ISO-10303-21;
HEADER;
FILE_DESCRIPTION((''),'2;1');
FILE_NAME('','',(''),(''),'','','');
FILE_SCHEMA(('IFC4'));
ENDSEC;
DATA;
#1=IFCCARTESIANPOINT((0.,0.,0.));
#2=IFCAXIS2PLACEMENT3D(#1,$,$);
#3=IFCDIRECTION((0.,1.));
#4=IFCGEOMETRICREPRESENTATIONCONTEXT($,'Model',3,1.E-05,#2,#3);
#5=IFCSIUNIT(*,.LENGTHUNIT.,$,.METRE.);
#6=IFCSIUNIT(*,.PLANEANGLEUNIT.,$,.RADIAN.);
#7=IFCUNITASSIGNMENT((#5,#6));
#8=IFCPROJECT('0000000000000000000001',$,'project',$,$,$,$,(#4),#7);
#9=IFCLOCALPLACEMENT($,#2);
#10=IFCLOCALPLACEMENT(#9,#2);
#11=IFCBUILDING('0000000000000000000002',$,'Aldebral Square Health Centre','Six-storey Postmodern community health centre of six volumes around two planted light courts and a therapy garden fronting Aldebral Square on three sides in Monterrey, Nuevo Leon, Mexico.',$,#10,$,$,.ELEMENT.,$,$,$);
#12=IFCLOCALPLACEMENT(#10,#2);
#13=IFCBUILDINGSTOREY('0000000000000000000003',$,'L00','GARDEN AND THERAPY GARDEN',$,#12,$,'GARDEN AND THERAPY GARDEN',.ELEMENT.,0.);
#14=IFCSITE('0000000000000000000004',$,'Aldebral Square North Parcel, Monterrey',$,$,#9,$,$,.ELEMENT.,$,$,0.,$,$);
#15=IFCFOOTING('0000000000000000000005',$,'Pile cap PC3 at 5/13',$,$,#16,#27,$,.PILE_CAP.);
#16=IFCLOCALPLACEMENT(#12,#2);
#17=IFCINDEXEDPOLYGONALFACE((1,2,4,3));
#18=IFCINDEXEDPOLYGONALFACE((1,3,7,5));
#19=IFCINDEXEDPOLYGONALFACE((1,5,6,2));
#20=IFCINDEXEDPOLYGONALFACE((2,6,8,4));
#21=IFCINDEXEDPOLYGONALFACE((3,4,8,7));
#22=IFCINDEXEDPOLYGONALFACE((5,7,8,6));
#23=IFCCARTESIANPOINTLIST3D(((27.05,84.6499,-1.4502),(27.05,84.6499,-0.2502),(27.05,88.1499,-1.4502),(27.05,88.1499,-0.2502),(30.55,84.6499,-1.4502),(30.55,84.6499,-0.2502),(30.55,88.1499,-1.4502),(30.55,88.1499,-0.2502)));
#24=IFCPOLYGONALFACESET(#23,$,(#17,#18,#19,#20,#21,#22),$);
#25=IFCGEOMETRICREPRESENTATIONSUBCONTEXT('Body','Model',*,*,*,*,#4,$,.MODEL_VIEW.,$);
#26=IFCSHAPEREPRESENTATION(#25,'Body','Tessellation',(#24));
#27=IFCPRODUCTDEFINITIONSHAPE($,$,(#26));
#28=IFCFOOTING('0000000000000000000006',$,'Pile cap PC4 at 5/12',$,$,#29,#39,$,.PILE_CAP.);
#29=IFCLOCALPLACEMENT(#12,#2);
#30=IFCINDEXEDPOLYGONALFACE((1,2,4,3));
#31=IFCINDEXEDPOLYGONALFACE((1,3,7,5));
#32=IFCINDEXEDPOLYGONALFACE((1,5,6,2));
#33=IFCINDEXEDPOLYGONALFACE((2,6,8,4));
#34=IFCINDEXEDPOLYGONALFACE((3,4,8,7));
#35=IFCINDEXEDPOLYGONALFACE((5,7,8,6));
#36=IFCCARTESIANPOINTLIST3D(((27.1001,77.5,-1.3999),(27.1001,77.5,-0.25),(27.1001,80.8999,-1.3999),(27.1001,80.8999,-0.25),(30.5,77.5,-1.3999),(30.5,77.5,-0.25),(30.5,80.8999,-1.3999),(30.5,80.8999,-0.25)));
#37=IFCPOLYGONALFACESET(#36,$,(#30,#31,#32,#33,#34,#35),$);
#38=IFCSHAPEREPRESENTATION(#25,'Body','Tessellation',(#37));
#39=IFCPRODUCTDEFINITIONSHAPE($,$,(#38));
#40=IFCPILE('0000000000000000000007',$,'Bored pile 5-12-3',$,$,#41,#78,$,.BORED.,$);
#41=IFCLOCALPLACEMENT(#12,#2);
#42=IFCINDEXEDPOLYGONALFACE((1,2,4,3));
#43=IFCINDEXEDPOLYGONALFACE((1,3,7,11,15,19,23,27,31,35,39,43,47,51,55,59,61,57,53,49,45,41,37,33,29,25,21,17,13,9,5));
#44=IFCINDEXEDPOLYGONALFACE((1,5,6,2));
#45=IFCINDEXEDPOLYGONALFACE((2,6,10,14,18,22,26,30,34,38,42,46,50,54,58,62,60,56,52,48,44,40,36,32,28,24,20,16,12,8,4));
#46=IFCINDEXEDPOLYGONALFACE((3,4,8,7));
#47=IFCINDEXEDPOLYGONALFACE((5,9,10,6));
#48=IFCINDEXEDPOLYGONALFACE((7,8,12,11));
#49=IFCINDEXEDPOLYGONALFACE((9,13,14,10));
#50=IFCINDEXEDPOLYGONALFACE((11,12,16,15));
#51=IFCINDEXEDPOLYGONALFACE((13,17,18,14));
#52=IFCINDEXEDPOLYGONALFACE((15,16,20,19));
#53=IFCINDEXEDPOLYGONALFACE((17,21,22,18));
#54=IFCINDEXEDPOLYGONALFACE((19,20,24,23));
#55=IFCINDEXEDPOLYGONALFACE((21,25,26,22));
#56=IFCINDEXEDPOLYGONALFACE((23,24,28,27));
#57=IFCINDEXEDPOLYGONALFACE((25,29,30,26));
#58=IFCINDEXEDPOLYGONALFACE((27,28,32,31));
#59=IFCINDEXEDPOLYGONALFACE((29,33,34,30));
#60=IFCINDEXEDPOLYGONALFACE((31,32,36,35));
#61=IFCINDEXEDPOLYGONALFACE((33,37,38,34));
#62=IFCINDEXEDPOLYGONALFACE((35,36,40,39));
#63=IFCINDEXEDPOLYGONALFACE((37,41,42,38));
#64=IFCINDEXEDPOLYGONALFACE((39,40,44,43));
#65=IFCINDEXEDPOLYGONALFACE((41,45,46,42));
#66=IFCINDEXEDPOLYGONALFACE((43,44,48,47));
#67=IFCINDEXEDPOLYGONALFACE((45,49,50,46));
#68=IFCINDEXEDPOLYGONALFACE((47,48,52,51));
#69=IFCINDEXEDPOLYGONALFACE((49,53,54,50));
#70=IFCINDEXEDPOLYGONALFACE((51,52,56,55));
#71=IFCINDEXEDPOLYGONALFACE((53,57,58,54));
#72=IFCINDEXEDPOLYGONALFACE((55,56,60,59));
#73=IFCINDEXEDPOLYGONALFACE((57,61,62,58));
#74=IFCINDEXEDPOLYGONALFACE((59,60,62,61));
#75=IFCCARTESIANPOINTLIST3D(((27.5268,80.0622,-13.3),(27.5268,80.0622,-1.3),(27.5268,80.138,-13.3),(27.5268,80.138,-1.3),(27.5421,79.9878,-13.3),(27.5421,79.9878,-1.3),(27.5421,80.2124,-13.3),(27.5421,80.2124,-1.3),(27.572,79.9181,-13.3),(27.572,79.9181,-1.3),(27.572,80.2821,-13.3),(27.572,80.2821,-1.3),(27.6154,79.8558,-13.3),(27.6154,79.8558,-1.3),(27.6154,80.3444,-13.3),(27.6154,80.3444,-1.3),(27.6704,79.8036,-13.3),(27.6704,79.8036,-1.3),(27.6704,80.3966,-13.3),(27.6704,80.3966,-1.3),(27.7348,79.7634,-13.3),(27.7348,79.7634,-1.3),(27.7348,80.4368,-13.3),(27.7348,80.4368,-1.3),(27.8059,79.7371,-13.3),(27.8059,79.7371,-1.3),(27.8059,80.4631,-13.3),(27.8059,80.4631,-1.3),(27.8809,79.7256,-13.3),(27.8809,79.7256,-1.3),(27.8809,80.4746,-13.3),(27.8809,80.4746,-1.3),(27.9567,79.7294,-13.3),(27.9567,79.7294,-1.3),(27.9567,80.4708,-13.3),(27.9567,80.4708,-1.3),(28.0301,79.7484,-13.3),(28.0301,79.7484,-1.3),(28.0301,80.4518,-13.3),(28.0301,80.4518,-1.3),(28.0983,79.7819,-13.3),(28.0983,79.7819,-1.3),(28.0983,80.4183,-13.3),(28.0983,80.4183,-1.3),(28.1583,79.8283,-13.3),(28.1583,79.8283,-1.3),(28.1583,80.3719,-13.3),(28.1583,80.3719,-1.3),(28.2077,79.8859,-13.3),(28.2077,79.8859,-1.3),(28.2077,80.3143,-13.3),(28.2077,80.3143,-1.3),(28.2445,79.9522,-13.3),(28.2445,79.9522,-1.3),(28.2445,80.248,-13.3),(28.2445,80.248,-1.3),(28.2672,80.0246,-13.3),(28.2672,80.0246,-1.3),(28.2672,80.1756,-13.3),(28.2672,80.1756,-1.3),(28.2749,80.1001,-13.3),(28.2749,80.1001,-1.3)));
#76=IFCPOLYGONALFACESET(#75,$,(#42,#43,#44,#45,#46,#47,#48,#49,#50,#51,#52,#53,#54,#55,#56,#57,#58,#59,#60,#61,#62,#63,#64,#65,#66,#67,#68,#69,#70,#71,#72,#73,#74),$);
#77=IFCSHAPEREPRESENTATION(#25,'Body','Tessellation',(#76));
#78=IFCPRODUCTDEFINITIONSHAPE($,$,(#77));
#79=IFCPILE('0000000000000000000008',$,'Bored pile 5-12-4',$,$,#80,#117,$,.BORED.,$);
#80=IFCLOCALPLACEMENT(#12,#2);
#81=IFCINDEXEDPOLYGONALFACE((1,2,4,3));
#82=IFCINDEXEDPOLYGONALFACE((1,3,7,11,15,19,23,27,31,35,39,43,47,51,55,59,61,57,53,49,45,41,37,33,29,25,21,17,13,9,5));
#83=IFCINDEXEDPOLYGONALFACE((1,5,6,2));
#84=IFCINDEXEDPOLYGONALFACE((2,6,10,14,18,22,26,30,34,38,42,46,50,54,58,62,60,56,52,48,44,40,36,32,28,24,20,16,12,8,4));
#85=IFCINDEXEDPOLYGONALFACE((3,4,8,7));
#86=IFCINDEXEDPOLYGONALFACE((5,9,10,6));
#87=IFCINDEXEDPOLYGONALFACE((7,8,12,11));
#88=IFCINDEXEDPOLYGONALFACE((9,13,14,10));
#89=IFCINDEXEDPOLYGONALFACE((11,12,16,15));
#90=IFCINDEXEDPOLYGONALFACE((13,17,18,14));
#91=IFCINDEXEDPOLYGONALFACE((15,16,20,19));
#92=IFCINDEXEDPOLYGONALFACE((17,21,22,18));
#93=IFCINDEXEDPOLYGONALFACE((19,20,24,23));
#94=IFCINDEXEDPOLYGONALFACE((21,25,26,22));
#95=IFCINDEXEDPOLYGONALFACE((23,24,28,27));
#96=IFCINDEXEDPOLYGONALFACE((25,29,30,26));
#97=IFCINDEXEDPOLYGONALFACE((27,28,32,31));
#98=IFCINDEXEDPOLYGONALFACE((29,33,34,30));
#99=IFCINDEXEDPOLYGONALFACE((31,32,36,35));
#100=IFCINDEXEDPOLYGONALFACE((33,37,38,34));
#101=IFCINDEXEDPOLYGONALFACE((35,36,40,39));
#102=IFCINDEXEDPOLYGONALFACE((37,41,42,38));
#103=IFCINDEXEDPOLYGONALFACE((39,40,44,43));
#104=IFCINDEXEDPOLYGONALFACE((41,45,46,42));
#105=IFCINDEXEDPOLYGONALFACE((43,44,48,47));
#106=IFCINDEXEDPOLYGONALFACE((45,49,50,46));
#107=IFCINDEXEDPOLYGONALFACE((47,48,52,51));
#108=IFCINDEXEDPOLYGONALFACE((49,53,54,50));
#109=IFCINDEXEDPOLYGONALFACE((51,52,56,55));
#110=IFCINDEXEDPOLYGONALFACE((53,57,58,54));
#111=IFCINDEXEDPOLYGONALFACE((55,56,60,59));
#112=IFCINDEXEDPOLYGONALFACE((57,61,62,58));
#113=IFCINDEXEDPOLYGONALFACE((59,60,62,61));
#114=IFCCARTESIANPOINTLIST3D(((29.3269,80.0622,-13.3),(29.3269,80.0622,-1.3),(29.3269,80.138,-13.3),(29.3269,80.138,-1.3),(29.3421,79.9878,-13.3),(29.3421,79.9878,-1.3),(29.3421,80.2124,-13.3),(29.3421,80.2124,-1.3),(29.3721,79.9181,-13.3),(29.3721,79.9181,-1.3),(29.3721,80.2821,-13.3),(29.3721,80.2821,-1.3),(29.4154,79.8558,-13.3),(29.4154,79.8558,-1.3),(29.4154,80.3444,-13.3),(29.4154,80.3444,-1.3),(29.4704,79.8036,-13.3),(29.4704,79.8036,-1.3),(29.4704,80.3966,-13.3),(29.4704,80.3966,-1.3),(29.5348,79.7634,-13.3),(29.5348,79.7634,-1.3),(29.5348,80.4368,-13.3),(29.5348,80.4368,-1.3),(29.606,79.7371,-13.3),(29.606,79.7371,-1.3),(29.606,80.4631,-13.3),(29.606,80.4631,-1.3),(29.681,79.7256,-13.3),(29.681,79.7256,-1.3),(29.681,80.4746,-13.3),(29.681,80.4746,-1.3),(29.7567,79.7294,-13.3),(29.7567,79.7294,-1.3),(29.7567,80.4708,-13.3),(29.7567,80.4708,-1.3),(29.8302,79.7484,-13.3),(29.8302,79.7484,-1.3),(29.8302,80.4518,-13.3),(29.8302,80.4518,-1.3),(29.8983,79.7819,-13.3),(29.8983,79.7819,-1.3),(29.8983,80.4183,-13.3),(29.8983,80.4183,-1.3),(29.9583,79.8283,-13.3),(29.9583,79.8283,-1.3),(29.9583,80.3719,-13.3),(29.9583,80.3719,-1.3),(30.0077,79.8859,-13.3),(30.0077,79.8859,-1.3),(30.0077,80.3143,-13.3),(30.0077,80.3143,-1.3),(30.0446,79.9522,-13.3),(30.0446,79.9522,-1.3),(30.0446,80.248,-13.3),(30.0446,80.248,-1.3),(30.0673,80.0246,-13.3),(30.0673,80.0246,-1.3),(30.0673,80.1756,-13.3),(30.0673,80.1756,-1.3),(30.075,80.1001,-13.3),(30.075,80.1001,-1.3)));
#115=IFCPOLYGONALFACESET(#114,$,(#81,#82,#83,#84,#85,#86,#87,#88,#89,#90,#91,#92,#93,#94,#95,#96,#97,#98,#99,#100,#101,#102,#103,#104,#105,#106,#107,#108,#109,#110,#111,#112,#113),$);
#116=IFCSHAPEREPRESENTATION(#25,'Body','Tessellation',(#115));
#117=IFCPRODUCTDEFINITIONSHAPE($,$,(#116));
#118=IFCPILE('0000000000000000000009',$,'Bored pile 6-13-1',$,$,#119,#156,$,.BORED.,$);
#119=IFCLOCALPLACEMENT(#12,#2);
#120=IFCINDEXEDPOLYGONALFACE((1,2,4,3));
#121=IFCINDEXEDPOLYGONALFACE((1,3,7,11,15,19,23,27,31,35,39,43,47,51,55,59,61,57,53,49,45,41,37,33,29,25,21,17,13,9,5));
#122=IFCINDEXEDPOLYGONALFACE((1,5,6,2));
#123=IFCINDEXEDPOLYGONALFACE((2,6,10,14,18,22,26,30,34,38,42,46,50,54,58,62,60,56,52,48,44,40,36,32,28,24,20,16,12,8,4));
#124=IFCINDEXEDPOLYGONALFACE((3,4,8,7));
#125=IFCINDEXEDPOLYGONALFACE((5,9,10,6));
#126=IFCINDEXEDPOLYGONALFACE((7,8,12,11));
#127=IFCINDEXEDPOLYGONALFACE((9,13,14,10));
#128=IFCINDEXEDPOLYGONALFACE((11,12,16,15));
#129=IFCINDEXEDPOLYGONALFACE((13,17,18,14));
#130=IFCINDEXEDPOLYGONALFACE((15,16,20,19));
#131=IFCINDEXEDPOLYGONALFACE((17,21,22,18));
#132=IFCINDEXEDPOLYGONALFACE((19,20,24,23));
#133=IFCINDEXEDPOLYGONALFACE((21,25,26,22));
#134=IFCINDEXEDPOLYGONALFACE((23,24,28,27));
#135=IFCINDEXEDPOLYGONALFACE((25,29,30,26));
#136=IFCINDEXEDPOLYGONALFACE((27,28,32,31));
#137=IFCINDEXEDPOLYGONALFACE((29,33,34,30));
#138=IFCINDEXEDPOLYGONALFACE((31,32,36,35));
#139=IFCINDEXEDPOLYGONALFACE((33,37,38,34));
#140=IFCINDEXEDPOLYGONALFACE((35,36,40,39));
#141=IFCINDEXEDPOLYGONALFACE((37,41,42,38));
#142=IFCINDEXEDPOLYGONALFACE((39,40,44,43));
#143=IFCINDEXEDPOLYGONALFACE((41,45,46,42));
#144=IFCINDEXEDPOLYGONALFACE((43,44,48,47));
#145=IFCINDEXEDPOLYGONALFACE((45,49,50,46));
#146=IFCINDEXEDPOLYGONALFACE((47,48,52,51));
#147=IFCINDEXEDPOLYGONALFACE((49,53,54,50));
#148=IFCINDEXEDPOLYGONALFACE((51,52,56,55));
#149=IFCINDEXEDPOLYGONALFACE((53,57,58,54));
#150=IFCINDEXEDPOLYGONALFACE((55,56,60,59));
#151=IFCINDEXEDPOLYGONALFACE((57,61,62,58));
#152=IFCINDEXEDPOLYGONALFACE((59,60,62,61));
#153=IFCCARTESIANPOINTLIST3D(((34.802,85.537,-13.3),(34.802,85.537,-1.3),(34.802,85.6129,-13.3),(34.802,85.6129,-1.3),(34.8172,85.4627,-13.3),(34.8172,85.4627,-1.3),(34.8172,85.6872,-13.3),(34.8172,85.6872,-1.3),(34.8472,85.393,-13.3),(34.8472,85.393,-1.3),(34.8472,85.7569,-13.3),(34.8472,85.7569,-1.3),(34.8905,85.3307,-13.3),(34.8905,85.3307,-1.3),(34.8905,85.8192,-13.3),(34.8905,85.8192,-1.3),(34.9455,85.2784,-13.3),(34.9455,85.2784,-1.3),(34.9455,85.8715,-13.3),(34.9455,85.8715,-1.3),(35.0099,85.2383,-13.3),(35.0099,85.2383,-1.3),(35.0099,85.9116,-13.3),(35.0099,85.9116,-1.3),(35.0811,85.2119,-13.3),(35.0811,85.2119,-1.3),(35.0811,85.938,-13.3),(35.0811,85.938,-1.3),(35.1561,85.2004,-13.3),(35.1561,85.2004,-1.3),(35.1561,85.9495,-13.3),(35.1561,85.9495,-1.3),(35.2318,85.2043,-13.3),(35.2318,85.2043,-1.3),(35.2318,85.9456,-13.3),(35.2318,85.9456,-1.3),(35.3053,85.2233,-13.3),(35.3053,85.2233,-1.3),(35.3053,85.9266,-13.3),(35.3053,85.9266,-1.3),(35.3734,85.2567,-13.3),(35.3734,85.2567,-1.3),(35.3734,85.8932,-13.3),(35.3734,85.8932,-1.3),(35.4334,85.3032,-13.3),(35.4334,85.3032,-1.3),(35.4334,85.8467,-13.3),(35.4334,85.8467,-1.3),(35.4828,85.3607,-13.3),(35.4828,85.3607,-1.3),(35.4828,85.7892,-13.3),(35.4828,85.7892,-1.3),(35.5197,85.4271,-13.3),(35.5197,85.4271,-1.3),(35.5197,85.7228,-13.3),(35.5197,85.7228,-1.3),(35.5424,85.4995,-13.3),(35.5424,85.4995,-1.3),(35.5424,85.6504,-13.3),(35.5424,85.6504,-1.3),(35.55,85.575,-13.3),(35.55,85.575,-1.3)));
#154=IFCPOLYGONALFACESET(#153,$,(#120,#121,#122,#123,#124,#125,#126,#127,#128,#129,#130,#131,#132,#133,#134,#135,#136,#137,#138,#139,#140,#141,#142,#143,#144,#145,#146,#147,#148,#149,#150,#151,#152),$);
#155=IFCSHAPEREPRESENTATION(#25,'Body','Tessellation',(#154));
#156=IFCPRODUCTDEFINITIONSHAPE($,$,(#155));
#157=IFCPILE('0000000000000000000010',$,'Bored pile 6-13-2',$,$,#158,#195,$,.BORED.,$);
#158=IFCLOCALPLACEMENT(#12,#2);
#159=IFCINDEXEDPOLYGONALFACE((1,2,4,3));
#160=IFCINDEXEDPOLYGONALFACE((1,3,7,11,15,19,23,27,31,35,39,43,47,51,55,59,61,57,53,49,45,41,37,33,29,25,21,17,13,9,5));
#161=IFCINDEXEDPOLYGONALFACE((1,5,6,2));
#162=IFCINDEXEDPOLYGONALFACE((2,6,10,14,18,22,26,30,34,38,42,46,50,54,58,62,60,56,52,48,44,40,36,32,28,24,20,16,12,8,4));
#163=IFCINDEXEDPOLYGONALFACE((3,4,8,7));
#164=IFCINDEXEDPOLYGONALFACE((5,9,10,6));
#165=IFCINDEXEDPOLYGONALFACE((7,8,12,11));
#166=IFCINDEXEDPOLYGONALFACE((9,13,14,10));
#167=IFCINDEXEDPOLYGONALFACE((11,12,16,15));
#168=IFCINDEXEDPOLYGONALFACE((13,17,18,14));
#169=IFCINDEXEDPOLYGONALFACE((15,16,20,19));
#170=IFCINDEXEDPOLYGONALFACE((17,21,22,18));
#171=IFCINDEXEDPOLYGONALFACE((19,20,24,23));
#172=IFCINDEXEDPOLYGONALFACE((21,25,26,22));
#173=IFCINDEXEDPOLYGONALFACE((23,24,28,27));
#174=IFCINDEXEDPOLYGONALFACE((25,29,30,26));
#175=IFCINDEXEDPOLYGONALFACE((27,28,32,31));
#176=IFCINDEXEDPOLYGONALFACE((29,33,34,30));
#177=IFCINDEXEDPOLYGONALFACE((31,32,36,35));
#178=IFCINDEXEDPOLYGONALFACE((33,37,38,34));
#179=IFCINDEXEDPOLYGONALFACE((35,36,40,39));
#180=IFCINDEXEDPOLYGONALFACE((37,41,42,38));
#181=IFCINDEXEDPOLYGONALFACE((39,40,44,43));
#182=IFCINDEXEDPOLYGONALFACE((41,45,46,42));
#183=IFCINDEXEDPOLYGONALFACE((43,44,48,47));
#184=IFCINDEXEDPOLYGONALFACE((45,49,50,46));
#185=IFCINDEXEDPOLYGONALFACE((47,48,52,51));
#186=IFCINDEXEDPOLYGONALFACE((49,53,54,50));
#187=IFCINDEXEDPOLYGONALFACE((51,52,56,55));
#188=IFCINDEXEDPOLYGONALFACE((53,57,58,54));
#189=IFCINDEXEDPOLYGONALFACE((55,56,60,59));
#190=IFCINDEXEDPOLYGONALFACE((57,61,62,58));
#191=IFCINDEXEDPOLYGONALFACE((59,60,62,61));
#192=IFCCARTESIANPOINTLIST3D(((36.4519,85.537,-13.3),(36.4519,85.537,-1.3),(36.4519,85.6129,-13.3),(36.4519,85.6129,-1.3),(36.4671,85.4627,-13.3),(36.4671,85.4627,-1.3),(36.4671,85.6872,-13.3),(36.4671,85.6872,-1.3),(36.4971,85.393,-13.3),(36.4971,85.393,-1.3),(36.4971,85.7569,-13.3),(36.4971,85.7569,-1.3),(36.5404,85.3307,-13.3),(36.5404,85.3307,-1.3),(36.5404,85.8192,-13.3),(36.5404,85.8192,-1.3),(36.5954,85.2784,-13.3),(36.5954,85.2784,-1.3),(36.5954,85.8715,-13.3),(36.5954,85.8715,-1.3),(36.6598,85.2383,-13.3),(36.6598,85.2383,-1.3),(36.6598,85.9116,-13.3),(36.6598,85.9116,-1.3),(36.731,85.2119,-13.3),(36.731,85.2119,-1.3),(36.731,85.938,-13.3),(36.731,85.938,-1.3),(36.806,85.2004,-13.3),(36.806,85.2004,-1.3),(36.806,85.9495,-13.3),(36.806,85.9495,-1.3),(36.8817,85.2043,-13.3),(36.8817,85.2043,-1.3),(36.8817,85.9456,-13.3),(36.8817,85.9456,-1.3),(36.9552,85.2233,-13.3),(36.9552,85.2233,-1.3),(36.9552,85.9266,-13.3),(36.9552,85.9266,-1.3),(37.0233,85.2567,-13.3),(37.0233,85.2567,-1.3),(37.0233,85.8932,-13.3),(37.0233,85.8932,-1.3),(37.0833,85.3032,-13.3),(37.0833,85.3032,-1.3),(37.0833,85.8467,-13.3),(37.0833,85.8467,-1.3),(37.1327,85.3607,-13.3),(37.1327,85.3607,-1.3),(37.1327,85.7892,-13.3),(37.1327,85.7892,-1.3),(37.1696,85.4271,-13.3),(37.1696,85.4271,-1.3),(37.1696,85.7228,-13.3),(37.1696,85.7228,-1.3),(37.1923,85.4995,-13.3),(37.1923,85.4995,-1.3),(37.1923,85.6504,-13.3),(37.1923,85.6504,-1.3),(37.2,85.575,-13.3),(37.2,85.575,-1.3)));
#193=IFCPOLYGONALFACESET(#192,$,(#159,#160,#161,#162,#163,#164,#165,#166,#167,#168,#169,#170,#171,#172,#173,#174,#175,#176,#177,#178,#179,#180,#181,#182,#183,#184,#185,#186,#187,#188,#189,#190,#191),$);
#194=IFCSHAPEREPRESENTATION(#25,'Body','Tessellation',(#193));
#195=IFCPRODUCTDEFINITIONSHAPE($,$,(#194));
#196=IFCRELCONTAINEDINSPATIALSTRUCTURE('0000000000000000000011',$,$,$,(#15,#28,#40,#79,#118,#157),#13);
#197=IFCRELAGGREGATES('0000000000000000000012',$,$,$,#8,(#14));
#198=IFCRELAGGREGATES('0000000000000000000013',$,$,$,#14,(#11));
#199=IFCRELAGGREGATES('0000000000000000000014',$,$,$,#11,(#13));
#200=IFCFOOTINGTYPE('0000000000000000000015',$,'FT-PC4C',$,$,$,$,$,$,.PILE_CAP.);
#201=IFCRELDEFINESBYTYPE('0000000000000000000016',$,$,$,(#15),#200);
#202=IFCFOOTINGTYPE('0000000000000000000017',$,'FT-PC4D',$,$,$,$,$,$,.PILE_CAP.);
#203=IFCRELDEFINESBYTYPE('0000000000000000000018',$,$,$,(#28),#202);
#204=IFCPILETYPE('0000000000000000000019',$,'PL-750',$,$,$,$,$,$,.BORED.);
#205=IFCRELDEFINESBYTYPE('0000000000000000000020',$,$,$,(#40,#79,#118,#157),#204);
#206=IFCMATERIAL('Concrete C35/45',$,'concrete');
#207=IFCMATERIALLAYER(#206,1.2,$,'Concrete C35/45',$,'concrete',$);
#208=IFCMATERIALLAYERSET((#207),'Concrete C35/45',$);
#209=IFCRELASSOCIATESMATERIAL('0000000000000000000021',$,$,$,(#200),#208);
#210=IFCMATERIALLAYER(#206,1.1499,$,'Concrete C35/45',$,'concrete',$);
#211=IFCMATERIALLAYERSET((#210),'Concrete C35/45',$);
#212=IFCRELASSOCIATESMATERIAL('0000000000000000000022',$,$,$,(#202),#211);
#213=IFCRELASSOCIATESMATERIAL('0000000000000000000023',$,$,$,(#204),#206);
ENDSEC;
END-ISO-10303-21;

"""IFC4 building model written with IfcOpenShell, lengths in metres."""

from ifc_helpers import new_model, si_unit, direction, frame, origin, origin_2d, place, context, subcontext, project, spatial, rectangle, circle, extrude, material, layer, layer_set, material_profile, profile_set, type_object, element, save


model = new_model("IFC4")

# Units and contexts
model_context = context("Model", 3, precision=1e-05, world=origin(), true_north=direction((0.0, 1.0)))
body_context = subcontext(model_context, "Body", "Model", "MODEL_VIEW")
ifc_project = project(units=[si_unit("LENGTHUNIT", "METRE"), si_unit("PLANEANGLEUNIT", "RADIAN")], contexts=[model_context])

# Site, building, storey
site_placement = place(None, origin())
site = spatial("IfcSite", under=ifc_project, at=site_placement, Name="Aldebral Square North Parcel, Monterrey", CompositionType="ELEMENT", RefElevation=0.0)
building_placement = place(site_placement, origin())
building = spatial("IfcBuilding", under=site, at=building_placement, Name="Aldebral Square Health Centre", Description="Six-storey Postmodern community health centre of six volumes around two planted light courts and a therapy garden fronting Aldebral Square on three sides in Monterrey, Nuevo Leon, Mexico.", CompositionType="ELEMENT")
storey_placement = place(building_placement, origin())
storey = spatial("IfcBuildingStorey", under=building, at=storey_placement, Name="L00", Description="GARDEN AND THERAPY GARDEN", LongName="GARDEN AND THERAPY GARDEN", CompositionType="ELEMENT", Elevation=0.0)

# Footings
ifc_material_1 = material(Name="Concrete C35/45", Category="concrete")
ifc_layer_1 = layer(ifc_material_1, 1.2, Name="Concrete C35/45", Category="concrete")
ifc_layer_set_1 = layer_set([ifc_layer_1], Name="Concrete C35/45")
footing_type_1 = type_object("IfcFootingType", Name="FT-PC4C", PredefinedType="PILE_CAP", material=ifc_layer_set_1)
footing_1_placement = place(storey_placement, frame((28.8, 86.3999, -1.4502), z_axis=(0.0, 0.0, 1.0), x_axis=(1.0, 0.0, 0.0)))
element("IfcFooting", 1, at=footing_1_placement, inside=storey, type_object=footing_type_1, Name="Pile cap PC3 at 5/13", PredefinedType="PILE_CAP", context=body_context, shape_type="SweptSolid", body=[
    extrude(rectangle(XDim=3.5, YDim=3.5, at=origin_2d()), origin(), (0.0, 0.0, 1.0), 1.2),
])
ifc_layer_2 = layer(ifc_material_1, 1.1499, Name="Concrete C35/45", Category="concrete")
ifc_layer_set_2 = layer_set([ifc_layer_2], Name="Concrete C35/45")
footing_type_2 = type_object("IfcFootingType", Name="FT-PC4D", PredefinedType="PILE_CAP", material=ifc_layer_set_2)
footing_2_placement = place(storey_placement, frame((28.8, 79.2, -1.3999), z_axis=(0.0, 0.0, 1.0), x_axis=(1.0, 0.0, 0.0)))
element("IfcFooting", 2, at=footing_2_placement, inside=storey, type_object=footing_type_2, Name="Pile cap PC4 at 5/12", PredefinedType="PILE_CAP", context=body_context, shape_type="SweptSolid", body=[
    extrude(rectangle(XDim=3.3999, YDim=3.3999, at=origin_2d()), origin(), (0.0, 0.0, 1.0), 1.1499),
])

# Piles
ifc_material_profile_1 = material_profile(ifc_material_1, circle(Radius=0.375, at=origin_2d()), Name="PILE D750")
ifc_profile_set_1 = profile_set([ifc_material_profile_1], Name="Concrete C35/45")
pile_type_1 = type_object("IfcPileType", Name="PL-750", PredefinedType="BORED", material=ifc_profile_set_1)
for number, where, z_axis, x_axis, name in (
    (3, (27.8999, 80.1001, -1.3), (0.0, 0.0, -1.0), (1.0, 0.0, 0.0), "Bored pile 5-12-3"),
    (4, (29.7, 80.1001, -1.3), (0.0, 0.0, -1.0), (1.0, 0.0, 0.0), "Bored pile 5-12-4"),
    (5, (35.175, 85.575, -1.3), (0.0, 0.0, -1.0), (1.0, 0.0, 0.0), "Bored pile 6-13-1"),
    (6, (36.825, 85.575, -1.3), (0.0, 0.0, -1.0), (1.0, 0.0, 0.0), "Bored pile 6-13-2"),
):
    element("IfcPile", number, at=place(storey_placement, frame(where, z_axis=z_axis, x_axis=x_axis)), inside=storey, type_object=pile_type_1, Name=name, PredefinedType="BORED", context=body_context, shape_type="SweptSolid", body=[
        extrude(circle(Radius=0.375, at=origin_2d()), origin(), (0.0, 0.0, 1.0), 12.0),
    ])

save(model, "model.ifc")
